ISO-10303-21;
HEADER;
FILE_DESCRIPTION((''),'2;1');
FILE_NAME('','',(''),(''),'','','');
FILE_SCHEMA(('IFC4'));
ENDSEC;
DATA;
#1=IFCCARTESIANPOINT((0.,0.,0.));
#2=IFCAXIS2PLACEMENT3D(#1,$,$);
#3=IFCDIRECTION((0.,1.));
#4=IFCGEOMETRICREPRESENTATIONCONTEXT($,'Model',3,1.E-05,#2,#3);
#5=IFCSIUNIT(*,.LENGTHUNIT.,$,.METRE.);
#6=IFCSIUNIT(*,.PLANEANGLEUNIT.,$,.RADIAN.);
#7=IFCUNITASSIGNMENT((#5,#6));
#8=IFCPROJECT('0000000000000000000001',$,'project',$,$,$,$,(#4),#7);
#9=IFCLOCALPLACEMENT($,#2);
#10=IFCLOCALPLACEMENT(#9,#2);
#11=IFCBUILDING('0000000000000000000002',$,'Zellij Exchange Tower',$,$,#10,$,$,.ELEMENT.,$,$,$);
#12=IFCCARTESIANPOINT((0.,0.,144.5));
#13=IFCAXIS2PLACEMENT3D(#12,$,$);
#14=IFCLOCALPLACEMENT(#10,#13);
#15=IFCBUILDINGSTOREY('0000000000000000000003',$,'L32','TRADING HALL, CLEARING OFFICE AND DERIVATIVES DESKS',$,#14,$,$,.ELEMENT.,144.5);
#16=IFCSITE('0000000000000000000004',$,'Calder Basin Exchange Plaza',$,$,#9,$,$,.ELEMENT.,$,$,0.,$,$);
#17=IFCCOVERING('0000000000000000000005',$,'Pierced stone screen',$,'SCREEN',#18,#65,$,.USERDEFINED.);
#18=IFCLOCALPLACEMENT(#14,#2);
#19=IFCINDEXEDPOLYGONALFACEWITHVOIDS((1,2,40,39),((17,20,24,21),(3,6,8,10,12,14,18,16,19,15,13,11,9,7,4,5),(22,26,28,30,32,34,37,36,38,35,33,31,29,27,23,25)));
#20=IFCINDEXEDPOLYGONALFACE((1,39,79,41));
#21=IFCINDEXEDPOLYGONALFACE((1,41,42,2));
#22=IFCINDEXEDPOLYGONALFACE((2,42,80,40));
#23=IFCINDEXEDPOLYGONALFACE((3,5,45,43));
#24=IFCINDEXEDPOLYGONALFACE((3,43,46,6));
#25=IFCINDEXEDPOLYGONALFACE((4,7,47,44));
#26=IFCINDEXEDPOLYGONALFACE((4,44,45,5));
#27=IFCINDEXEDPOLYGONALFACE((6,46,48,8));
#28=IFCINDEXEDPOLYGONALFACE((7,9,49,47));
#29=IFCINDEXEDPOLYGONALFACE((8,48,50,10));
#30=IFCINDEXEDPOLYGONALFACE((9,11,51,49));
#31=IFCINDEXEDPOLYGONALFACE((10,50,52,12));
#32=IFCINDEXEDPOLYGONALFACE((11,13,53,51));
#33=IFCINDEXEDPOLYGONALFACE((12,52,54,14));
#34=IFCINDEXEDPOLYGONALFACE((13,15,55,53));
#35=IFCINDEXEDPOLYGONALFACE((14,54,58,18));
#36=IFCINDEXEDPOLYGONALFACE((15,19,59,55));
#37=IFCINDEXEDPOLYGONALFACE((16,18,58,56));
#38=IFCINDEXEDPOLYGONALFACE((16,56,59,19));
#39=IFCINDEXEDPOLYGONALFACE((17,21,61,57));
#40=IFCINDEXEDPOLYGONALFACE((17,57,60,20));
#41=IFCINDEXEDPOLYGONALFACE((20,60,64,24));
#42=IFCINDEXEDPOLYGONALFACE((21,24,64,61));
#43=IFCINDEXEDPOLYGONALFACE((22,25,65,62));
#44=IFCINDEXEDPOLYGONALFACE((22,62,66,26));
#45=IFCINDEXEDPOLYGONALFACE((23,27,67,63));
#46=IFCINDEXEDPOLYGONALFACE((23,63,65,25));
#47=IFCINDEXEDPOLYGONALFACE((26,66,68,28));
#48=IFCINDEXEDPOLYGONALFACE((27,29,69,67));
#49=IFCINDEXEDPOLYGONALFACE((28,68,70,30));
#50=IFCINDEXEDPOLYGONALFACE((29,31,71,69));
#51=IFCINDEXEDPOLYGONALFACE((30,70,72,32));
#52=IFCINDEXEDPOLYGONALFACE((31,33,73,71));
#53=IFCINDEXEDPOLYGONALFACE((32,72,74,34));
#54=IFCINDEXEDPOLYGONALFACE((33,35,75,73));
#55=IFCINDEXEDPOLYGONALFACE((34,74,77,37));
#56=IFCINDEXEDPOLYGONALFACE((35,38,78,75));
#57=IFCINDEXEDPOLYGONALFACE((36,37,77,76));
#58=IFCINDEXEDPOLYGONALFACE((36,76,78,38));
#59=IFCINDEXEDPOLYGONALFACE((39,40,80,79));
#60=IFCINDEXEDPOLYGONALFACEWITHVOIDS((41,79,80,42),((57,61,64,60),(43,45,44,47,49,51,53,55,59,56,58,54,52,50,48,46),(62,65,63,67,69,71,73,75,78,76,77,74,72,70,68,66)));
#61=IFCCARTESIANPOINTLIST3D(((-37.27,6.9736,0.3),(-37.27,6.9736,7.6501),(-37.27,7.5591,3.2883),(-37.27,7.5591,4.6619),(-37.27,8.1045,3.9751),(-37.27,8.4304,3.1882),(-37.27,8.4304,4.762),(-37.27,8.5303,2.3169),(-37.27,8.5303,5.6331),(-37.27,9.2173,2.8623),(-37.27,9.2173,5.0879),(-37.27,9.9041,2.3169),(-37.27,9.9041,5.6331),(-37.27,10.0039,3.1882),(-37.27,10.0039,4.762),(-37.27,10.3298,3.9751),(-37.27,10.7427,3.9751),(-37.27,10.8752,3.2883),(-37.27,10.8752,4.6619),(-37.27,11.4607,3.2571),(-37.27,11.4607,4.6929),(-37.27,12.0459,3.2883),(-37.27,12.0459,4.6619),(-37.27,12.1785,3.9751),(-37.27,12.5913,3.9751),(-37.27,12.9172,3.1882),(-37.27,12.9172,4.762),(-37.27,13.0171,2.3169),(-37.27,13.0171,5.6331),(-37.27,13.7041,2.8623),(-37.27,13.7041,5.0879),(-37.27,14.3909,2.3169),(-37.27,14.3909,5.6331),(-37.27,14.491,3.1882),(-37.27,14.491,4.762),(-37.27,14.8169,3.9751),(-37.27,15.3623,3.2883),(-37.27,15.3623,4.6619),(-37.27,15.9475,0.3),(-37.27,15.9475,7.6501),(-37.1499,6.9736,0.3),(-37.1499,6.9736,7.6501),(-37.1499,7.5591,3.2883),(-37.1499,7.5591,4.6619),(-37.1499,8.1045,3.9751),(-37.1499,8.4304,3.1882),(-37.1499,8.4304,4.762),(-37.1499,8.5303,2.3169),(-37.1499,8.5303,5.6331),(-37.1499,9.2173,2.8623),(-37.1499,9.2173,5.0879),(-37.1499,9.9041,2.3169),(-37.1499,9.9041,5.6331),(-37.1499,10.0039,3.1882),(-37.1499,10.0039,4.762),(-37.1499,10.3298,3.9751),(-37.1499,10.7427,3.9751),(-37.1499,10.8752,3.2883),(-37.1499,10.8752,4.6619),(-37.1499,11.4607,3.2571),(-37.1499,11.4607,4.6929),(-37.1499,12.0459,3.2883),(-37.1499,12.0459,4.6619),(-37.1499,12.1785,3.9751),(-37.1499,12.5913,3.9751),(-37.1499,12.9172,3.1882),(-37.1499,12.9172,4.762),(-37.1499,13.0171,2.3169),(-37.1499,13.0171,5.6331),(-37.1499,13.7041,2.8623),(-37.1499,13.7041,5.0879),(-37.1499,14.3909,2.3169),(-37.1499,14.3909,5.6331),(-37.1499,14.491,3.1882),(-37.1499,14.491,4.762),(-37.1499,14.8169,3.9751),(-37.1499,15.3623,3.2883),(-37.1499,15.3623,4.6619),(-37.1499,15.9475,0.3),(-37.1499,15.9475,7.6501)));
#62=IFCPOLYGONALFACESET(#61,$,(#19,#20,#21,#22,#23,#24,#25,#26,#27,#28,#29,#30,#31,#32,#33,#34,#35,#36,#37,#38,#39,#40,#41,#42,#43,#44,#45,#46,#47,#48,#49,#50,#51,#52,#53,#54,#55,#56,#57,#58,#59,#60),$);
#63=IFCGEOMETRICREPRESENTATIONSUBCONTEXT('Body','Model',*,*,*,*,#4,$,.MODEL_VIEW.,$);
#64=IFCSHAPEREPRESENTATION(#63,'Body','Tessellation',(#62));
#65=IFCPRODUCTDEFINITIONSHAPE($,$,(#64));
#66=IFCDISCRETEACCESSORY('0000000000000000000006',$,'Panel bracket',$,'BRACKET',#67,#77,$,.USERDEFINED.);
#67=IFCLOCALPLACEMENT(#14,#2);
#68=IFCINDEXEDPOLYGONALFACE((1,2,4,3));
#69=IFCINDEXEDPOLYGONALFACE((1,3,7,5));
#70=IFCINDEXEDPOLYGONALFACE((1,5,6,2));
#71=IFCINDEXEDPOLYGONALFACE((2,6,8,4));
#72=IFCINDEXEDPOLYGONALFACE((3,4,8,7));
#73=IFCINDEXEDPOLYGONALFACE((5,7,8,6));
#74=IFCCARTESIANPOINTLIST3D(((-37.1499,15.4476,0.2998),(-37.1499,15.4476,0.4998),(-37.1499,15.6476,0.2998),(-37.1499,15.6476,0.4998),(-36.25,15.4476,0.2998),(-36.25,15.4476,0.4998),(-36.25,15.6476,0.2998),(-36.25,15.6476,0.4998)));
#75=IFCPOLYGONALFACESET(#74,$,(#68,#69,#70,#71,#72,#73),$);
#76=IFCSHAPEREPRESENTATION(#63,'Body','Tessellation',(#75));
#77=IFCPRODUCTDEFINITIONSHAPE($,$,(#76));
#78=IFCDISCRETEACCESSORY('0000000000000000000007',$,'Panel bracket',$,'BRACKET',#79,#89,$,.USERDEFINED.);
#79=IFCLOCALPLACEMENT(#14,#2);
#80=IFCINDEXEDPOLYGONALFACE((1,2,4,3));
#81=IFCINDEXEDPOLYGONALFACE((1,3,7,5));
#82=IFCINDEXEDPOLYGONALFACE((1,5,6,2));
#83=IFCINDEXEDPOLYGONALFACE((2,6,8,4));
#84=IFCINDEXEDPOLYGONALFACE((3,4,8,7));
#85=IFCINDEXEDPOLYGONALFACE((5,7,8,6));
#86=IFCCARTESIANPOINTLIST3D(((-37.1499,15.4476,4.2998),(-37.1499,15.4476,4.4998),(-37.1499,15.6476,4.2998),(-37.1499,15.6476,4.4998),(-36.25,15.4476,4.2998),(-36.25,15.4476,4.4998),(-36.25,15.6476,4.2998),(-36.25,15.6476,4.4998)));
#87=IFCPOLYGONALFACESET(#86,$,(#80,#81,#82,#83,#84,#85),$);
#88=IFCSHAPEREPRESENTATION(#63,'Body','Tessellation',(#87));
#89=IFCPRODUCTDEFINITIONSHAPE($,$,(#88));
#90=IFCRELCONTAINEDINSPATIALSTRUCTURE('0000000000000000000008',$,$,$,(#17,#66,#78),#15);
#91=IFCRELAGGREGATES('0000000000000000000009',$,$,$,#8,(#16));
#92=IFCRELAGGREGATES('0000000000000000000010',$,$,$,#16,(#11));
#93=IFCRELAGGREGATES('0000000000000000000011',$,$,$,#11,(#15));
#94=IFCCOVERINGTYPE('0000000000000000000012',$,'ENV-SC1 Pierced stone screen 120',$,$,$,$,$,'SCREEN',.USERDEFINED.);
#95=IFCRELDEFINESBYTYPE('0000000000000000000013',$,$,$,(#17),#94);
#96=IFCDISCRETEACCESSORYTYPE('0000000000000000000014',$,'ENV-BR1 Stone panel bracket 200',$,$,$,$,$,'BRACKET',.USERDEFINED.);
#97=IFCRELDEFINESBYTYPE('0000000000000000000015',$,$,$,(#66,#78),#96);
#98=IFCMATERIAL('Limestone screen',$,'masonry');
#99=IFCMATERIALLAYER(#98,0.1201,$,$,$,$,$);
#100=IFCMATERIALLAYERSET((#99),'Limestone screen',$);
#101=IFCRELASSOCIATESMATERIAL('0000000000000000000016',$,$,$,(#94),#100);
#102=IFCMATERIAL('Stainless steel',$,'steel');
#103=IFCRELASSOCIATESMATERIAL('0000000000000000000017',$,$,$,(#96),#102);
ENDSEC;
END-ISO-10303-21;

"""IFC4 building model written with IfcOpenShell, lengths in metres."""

from ifc_helpers import new_model, si_unit, direction, frame, origin, origin_2d, place, context, subcontext, project, spatial, polyline, rectangle, outline, extrude, material, layer, layer_set, type_object, element, save


model = new_model("IFC4")

# Units and contexts
model_context = context("Model", 3, precision=1e-05, world=origin(), true_north=direction((0.0, 1.0)))
body_context = subcontext(model_context, "Body", "Model", "MODEL_VIEW")
ifc_project = project(units=[si_unit("LENGTHUNIT", "METRE"), si_unit("PLANEANGLEUNIT", "RADIAN")], contexts=[model_context])

# Site, building, storey
site_placement = place(None, origin())
site = spatial("IfcSite", under=ifc_project, at=site_placement, Name="Calder Basin Exchange Plaza", CompositionType="ELEMENT", RefElevation=0.0)
building_placement = place(site_placement, origin())
building = spatial("IfcBuilding", under=site, at=building_placement, Name="Zellij Exchange Tower", CompositionType="ELEMENT")
storey_placement = place(building_placement, frame((0.0, 0.0, 144.5)))
storey = spatial("IfcBuildingStorey", under=building, at=storey_placement, Name="L32", Description="TRADING HALL, CLEARING OFFICE AND DERIVATIVES DESKS", CompositionType="ELEMENT", Elevation=144.5)

# Covering
ifc_material_1 = material(Name="Limestone screen", Category="masonry")
ifc_layer_1 = layer(ifc_material_1, 0.1201)
ifc_layer_set_1 = layer_set([ifc_layer_1], Name="Limestone screen")
covering_type = type_object("IfcCoveringType", Name="ENV-SC1 Pierced stone screen 120", ElementType="SCREEN", PredefinedType="USERDEFINED", material=ifc_layer_set_1)
covering_placement = place(storey_placement, frame((-37.21, 15.9475, 0.3), z_axis=(0.0, 0.0, 1.0), x_axis=(0.0, -1.0, 0.0)))
element("IfcCovering", 1, at=covering_placement, inside=storey, type_object=covering_type, Name="Pierced stone screen", ObjectType="SCREEN", PredefinedType="USERDEFINED", context=body_context, shape_type="SweptSolid", body=[
    extrude(outline(polyline([(0.0, 0.0), (8.9739, 0.0), (8.9739, 7.3501), (0.0, 7.3501), (0.0, 0.0)]), holes=[polyline([(3.9016, 4.3618), (3.0303, 4.4619), (2.9304, 5.333), (2.2434, 4.7878), (1.5566, 5.333), (1.4565, 4.4619), (0.5852, 4.3618), (1.1306, 3.675), (0.5852, 2.9883), (1.4565, 2.8882), (1.5566, 2.0168), (2.2434, 2.5623), (2.9304, 2.0168), (3.0303, 2.8882), (3.9016, 2.9883), (3.3562, 3.675), (3.9016, 4.3618)]), polyline([(8.3884, 4.3618), (7.5171, 4.4619), (7.4172, 5.333), (6.7302, 4.7878), (6.0435, 5.333), (5.9436, 4.4619), (5.0723, 4.3618), (5.6177, 3.675), (5.0723, 2.9883), (5.9436, 2.8882), (6.0435, 2.0168), (6.7302, 2.5623), (7.4172, 2.0168), (7.5171, 2.8882), (8.3884, 2.9883), (7.843, 3.675), (8.3884, 4.3618)]), polyline([(5.2048, 3.675), (4.4868, 4.3928), (3.769, 3.675), (4.4868, 2.957), (5.2048, 3.675)])]), frame((0.0, 0.0601, 0.0), z_axis=(0.0, -1.0, 0.0), x_axis=(1.0, 0.0, 0.0)), (0.0, 0.0, 1.0), 0.1201),
])

# Discrete accessories
ifc_material_2 = material(Name="Stainless steel", Category="steel")
discrete_accessory_type = type_object("IfcDiscreteAccessoryType", Name="ENV-BR1 Stone panel bracket 200", ElementType="BRACKET", PredefinedType="USERDEFINED", material=ifc_material_2)
for number, where, z_axis, x_axis, name in (
    (2, (-36.7, 15.5476, 0.2998), (0.0, 0.0, 1.0), (0.0, -1.0, 0.0), "Panel bracket"),
    (3, (-36.7, 15.5476, 4.2998), (0.0, 0.0, 1.0), (0.0, -1.0, 0.0), "Panel bracket"),
):
    element("IfcDiscreteAccessory", number, at=place(storey_placement, frame(where, z_axis=z_axis, x_axis=x_axis)), inside=storey, type_object=discrete_accessory_type, Name=name, ObjectType="BRACKET", PredefinedType="USERDEFINED", context=body_context, shape_type="SweptSolid", body=[
        extrude(rectangle(XDim=0.2, YDim=0.8999, at=origin_2d()), origin(), (0.0, 0.0, 1.0), 0.2),
    ])

save(model, "model.ifc")
